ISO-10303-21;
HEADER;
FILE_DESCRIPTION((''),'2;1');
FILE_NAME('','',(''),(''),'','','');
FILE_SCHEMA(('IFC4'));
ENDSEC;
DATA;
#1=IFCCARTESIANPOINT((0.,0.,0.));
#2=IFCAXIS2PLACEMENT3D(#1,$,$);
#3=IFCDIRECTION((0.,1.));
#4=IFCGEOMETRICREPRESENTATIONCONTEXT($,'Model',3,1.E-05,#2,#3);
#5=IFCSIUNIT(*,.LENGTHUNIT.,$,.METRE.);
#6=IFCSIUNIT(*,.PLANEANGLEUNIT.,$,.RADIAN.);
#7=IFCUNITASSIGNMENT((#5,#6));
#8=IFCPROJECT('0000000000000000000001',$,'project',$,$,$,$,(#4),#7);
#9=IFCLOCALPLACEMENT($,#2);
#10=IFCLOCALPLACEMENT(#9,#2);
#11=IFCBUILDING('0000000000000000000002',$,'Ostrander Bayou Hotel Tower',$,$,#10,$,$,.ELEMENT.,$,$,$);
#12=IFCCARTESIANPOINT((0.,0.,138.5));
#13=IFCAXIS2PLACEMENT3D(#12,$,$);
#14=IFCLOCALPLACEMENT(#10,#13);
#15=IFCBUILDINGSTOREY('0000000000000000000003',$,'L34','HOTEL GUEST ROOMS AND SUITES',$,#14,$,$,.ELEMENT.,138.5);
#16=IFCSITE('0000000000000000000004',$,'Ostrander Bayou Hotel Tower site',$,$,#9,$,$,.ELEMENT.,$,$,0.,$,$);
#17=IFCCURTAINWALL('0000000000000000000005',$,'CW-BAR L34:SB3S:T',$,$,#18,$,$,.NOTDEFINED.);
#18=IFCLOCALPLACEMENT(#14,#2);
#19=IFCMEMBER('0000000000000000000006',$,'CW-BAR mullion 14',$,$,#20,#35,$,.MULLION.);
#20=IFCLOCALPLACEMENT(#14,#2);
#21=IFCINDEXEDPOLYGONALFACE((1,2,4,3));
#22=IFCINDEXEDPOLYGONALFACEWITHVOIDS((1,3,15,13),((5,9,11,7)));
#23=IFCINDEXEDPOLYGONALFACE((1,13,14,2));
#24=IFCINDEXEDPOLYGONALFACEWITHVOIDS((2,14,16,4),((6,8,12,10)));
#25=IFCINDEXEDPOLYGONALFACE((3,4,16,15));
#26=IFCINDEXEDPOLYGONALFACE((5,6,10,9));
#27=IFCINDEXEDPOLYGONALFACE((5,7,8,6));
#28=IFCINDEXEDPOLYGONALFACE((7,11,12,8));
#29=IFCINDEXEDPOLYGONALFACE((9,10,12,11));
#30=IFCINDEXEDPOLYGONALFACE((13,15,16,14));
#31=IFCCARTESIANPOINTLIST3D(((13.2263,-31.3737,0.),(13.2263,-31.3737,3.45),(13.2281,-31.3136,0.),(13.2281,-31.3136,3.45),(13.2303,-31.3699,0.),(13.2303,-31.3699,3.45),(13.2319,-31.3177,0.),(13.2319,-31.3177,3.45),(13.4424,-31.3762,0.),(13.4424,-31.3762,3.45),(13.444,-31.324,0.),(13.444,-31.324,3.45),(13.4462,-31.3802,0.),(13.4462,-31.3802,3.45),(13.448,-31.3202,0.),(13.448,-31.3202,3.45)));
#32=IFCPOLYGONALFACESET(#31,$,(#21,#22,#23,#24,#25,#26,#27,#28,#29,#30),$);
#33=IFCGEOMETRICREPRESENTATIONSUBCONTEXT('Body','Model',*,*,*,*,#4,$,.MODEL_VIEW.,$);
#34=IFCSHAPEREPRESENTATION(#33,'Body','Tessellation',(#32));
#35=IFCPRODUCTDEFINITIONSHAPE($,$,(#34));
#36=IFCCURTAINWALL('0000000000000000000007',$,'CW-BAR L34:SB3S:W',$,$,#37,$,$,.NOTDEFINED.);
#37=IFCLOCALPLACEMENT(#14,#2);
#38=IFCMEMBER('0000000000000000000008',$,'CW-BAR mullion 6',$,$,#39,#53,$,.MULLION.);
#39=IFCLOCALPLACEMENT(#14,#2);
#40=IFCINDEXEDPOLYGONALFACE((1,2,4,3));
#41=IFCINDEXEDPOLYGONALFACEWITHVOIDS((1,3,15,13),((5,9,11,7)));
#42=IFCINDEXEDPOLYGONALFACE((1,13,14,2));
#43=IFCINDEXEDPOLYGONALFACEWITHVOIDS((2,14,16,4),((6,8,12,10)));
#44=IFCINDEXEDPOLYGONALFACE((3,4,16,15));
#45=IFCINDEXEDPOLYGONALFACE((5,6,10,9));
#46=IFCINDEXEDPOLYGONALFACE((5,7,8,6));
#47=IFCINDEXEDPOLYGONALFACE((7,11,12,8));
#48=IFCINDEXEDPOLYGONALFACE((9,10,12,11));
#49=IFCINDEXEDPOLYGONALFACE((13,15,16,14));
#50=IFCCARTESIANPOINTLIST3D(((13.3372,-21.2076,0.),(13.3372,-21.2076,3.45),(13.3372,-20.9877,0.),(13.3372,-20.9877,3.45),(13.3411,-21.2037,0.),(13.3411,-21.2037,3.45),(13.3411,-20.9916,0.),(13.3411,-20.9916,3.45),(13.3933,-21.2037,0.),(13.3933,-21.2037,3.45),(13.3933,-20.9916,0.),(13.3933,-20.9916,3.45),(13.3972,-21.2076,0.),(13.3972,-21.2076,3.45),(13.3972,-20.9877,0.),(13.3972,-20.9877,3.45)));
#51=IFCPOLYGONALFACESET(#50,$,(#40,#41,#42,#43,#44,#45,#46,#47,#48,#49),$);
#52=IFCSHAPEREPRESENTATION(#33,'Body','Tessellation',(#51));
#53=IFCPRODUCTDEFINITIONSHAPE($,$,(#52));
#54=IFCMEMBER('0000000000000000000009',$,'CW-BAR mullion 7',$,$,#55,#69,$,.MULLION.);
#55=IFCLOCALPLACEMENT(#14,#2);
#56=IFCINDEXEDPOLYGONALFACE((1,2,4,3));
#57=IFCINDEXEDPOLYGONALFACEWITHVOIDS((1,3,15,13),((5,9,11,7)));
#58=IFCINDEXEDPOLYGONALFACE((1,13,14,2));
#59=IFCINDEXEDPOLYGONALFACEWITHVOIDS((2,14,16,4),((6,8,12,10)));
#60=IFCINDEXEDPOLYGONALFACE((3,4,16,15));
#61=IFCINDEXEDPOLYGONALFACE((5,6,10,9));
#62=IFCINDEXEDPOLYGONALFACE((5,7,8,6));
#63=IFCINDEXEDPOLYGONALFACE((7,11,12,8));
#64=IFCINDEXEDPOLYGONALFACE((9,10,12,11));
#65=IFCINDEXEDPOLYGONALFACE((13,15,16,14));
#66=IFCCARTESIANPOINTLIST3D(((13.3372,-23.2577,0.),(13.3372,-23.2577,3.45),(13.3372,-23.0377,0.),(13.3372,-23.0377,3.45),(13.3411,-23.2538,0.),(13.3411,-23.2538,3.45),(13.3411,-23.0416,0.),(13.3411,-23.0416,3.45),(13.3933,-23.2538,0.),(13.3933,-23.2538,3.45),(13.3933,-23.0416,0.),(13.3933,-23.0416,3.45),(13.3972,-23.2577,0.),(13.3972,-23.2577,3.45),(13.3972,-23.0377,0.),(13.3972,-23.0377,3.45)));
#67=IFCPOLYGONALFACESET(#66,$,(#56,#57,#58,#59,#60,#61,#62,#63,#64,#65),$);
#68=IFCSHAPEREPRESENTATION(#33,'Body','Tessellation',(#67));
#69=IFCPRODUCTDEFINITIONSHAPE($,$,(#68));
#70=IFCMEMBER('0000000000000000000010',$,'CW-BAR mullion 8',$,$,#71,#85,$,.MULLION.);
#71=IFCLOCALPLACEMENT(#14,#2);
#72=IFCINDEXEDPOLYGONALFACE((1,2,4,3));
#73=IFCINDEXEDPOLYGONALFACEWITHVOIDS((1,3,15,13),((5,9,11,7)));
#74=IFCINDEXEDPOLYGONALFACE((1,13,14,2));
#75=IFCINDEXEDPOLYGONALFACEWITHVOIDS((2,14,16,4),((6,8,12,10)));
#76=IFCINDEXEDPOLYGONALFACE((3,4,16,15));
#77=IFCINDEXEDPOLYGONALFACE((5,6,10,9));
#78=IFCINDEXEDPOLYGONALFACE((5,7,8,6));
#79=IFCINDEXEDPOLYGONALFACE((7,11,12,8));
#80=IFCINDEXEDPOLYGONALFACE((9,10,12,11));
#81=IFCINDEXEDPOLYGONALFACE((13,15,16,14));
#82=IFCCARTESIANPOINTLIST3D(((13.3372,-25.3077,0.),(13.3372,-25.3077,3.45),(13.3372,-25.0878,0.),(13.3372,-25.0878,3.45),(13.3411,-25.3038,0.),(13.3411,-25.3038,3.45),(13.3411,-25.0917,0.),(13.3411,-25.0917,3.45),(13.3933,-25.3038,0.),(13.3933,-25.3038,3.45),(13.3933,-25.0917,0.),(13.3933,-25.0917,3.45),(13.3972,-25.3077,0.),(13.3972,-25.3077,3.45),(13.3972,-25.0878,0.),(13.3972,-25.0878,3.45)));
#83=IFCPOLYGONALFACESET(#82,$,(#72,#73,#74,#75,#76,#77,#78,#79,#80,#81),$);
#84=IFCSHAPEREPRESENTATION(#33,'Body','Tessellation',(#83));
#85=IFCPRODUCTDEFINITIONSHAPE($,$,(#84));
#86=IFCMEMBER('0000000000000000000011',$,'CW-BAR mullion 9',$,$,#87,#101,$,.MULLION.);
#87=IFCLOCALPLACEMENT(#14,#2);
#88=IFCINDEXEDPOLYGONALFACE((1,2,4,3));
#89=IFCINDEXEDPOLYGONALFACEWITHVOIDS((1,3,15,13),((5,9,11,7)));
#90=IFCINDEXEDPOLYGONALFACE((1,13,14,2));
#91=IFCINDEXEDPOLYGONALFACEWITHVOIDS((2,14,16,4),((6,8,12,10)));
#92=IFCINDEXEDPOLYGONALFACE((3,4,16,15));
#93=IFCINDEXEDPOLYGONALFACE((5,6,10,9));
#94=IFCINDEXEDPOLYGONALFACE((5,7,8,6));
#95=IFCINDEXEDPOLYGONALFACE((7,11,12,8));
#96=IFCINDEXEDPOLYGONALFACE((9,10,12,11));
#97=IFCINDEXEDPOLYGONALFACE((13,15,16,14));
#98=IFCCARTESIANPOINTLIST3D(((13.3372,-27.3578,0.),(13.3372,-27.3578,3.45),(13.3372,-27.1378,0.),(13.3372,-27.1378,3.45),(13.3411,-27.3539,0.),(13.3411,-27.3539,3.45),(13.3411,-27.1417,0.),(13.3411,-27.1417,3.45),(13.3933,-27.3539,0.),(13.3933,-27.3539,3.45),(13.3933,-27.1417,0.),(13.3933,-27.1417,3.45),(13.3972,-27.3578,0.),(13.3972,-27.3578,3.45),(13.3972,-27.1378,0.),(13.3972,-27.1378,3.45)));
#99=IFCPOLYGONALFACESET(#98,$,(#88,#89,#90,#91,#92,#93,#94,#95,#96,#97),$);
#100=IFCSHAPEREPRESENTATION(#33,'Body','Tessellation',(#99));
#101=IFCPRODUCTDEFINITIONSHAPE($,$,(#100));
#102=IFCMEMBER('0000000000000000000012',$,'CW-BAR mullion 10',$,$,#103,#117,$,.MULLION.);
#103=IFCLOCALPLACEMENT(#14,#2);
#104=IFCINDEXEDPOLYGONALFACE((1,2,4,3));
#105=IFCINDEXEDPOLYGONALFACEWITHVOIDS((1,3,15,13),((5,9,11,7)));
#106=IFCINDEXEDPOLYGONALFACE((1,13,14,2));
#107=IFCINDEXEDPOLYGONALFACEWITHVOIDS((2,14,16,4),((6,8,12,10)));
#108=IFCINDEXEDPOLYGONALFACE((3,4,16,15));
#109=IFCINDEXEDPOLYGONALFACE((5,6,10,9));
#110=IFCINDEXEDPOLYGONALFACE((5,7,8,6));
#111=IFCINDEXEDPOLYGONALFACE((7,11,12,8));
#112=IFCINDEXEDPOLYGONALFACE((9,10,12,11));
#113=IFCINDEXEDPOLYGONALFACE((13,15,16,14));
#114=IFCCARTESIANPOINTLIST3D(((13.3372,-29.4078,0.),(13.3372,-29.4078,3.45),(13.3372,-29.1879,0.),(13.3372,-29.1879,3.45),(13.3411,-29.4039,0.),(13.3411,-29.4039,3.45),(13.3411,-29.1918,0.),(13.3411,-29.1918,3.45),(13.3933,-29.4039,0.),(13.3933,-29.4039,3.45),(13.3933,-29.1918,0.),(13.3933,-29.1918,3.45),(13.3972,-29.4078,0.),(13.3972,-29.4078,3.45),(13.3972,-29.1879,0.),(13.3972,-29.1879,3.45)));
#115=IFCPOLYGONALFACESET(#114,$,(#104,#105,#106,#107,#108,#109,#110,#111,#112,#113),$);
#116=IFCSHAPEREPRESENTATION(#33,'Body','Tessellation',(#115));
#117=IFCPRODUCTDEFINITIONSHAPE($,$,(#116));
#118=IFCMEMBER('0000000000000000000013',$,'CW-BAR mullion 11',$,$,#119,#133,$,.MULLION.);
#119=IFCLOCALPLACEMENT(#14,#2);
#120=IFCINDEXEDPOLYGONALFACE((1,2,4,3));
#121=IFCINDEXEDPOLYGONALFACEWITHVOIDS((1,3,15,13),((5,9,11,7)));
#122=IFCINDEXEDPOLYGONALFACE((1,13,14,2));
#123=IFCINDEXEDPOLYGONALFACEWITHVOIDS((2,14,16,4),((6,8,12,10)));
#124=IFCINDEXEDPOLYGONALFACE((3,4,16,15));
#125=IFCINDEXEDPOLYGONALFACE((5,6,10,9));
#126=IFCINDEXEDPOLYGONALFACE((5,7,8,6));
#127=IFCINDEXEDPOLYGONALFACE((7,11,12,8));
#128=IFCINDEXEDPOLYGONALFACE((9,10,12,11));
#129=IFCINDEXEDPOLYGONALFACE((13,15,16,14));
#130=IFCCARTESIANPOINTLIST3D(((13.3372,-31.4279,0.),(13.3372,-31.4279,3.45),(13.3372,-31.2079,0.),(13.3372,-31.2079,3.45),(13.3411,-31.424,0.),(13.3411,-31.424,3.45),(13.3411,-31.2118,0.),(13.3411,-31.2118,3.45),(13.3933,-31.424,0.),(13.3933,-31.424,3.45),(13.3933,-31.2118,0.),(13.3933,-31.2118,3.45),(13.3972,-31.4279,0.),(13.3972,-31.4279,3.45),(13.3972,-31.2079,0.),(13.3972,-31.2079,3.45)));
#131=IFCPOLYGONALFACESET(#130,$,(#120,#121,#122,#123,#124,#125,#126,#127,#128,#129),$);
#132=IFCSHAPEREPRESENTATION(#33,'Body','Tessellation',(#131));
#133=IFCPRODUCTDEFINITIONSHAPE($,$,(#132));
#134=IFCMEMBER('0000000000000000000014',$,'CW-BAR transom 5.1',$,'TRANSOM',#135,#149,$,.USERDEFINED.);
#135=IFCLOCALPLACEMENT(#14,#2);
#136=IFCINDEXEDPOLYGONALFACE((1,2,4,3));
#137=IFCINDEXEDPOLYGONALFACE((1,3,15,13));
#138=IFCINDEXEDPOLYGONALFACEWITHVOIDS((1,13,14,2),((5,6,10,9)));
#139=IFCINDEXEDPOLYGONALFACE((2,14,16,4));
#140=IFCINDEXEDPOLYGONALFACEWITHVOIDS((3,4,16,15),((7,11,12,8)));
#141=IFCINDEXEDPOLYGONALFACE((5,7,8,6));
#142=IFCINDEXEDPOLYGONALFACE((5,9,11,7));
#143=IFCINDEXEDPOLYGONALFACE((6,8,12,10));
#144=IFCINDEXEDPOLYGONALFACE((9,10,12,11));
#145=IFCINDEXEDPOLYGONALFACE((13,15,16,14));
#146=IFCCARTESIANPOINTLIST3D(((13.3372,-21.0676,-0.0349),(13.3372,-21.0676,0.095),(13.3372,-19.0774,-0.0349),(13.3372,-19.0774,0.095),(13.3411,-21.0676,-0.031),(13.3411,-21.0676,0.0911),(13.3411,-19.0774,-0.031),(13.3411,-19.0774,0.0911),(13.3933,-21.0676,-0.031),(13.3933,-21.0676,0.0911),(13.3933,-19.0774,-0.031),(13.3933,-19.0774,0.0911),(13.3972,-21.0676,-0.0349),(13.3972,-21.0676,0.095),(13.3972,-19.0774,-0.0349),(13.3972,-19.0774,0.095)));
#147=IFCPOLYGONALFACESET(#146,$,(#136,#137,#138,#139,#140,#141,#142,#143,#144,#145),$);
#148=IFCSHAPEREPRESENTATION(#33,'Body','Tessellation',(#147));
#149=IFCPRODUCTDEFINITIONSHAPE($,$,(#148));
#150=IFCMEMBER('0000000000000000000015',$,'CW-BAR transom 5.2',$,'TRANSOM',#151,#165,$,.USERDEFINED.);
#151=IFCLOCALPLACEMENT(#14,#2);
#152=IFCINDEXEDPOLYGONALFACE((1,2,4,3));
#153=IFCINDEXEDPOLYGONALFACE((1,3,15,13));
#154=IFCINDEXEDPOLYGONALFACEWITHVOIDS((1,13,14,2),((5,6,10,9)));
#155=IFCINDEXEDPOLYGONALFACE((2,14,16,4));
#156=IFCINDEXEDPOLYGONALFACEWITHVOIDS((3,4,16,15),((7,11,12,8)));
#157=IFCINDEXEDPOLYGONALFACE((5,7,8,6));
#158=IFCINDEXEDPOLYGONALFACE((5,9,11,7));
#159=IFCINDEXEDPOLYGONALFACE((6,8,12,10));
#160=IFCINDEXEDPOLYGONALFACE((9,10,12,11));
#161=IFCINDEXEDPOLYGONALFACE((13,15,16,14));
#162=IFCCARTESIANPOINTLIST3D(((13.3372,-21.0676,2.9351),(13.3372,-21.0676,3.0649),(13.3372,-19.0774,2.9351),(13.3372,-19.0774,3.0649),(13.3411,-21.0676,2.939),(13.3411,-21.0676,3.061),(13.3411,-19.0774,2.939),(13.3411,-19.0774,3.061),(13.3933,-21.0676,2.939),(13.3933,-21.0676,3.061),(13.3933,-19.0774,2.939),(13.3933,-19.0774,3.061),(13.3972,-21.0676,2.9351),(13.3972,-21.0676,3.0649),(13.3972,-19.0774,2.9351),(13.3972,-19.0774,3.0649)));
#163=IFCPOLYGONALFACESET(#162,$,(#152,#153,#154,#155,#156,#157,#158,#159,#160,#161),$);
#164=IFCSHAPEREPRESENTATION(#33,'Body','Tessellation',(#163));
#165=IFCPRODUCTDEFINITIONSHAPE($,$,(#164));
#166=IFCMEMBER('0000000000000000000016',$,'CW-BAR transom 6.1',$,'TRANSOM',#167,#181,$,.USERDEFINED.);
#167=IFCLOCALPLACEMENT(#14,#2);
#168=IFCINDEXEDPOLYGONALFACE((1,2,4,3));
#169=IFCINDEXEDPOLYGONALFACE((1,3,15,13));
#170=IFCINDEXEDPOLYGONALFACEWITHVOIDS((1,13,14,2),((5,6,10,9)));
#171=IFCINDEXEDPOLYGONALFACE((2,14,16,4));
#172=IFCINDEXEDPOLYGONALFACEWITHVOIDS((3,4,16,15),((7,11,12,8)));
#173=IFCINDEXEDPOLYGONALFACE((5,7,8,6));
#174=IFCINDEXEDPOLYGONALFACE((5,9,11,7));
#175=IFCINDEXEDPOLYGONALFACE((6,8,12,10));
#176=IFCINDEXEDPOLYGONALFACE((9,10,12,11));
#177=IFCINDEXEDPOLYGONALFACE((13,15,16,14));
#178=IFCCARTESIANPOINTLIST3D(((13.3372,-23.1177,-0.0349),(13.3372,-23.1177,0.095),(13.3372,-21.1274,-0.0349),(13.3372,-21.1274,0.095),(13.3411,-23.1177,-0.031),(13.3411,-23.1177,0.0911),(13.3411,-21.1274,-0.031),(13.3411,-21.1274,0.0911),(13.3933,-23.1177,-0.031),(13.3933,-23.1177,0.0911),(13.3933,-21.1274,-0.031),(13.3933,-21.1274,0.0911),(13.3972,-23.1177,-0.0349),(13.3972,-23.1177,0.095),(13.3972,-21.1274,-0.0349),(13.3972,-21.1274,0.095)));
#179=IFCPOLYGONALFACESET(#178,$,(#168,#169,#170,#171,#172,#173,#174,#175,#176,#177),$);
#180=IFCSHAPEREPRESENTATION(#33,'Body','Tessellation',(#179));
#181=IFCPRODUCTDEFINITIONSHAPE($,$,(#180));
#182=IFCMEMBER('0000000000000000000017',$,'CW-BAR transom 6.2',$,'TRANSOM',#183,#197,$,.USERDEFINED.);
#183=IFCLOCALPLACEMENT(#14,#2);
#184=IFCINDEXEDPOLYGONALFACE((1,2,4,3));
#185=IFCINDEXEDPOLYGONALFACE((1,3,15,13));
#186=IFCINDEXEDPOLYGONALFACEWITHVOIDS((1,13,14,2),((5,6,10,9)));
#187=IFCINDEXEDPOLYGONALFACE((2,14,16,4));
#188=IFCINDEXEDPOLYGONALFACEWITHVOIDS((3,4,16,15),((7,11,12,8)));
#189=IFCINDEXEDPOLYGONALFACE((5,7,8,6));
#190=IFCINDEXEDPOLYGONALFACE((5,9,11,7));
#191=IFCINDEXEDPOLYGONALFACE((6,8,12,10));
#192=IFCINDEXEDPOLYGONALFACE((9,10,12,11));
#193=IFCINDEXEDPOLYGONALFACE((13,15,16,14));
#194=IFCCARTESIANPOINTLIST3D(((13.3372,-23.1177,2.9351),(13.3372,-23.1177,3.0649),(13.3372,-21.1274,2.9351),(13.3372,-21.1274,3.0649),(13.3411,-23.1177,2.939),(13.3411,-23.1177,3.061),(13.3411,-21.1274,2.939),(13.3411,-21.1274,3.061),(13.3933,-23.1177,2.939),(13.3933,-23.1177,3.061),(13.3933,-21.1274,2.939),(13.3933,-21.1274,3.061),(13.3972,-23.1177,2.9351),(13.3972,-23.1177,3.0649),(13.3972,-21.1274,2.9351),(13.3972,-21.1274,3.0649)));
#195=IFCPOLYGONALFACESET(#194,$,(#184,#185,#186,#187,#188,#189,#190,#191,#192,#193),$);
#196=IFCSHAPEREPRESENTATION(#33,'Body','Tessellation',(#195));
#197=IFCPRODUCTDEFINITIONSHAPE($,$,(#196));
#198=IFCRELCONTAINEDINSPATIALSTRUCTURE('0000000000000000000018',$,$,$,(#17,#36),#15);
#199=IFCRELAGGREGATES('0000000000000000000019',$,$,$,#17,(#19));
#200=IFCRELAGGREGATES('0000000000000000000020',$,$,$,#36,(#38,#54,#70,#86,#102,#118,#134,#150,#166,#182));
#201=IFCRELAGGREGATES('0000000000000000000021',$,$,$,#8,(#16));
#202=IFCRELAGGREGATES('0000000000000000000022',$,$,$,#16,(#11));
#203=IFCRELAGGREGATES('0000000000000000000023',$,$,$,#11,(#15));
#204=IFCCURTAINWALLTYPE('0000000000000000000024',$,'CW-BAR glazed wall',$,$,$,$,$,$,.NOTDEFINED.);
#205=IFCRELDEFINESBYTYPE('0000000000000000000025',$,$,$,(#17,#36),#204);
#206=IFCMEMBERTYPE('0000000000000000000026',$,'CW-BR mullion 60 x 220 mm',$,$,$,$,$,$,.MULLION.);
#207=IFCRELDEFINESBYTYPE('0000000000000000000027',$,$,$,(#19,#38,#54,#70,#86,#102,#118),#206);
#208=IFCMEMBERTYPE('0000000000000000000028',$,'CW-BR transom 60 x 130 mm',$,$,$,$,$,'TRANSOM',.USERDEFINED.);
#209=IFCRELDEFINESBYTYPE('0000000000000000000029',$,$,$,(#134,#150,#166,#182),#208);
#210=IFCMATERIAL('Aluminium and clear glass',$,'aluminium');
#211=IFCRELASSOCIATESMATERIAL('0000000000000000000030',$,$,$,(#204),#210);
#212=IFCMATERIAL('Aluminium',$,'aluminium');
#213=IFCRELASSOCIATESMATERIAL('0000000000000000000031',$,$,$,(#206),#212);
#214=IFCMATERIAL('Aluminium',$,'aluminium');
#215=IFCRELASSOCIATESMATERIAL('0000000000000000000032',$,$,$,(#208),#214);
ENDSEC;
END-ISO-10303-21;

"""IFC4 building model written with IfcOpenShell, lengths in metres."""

from ifc_helpers import new_model, si_unit, direction, frame, origin, origin_2d, place, context, subcontext, project, spatial, hollow_rectangle, extrude, material, material_profile, profile_set, type_object, element, aggregate, save


model = new_model("IFC4")

# Units and contexts
model_context = context("Model", 3, precision=1e-05, world=origin(), true_north=direction((0.0, 1.0)))
body_context = subcontext(model_context, "Body", "Model", "MODEL_VIEW")
ifc_project = project(units=[si_unit("LENGTHUNIT", "METRE"), si_unit("PLANEANGLEUNIT", "RADIAN")], contexts=[model_context])

# Site, building, storey
site_placement = place(None, origin())
site = spatial("IfcSite", under=ifc_project, at=site_placement, Name="Ostrander Bayou Hotel Tower site", CompositionType="ELEMENT", RefElevation=0.0)
building_placement = place(site_placement, origin())
building = spatial("IfcBuilding", under=site, at=building_placement, Name="Ostrander Bayou Hotel Tower", CompositionType="ELEMENT")
storey_placement = place(building_placement, frame((0.0, 0.0, 138.5)))
storey = spatial("IfcBuildingStorey", under=building, at=storey_placement, Name="L34", Description="HOTEL GUEST ROOMS AND SUITES", CompositionType="ELEMENT", Elevation=138.5)

# Curtain wall, member
ifc_material_1 = material(Name="Aluminium and clear glass", Category="aluminium")
curtain_wall_type = type_object("IfcCurtainWallType", Name="CW-BAR glazed wall", PredefinedType="NOTDEFINED", material=ifc_material_1)
curtain_wall_1_placement = place(storey_placement, origin())
curtain_wall_1 = element("IfcCurtainWall", 1, at=curtain_wall_1_placement, inside=storey, type_object=curtain_wall_type, Name="CW-BAR L34:SB3S:T", PredefinedType="NOTDEFINED")
ifc_material_2 = material(Name="Aluminium", Category="aluminium")
ifc_material_profile_1 = material_profile(ifc_material_2, hollow_rectangle(XDim=0.0601, YDim=0.22, WallThickness=0.0039, at=origin_2d()))
ifc_profile_set_1 = profile_set([ifc_material_profile_1], Name="Aluminium")
member_type_1 = type_object("IfcMemberType", Name="CW-BR mullion 60 x 220 mm", PredefinedType="MULLION", material=ifc_profile_set_1)
member_1_placement = place(storey_placement, frame((13.3372, -31.3469, 0.0), z_axis=(0.0, 0.0, 1.0), x_axis=(0.029746, 0.999557, 0.0)))
member_1 = element("IfcMember", 2, at=member_1_placement, type_object=member_type_1, Name="CW-BAR mullion 14", PredefinedType="MULLION", context=body_context, shape_type="SweptSolid", body=[
    extrude(hollow_rectangle(XDim=0.0601, YDim=0.22, WallThickness=0.0039, at=origin_2d()), origin(), (0.0, 0.0, 1.0), 3.45),
])

# Curtain wall, members
curtain_wall_2_placement = place(storey_placement, origin())
curtain_wall_2 = element("IfcCurtainWall", 3, at=curtain_wall_2_placement, inside=storey, type_object=curtain_wall_type, Name="CW-BAR L34:SB3S:W", PredefinedType="NOTDEFINED")
member_2_placement = place(storey_placement, frame((13.3672, -21.0977, 0.0), z_axis=(0.0, 0.0, 1.0), x_axis=(1.0, 0.0, 0.0)))
member_2 = element("IfcMember", 4, at=member_2_placement, type_object=member_type_1, Name="CW-BAR mullion 6", PredefinedType="MULLION", context=body_context, shape_type="SweptSolid", body=[
    extrude(hollow_rectangle(XDim=0.0601, YDim=0.22, WallThickness=0.0039, at=origin_2d()), origin(), (0.0, 0.0, 1.0), 3.45),
])
member_3_placement = place(storey_placement, frame((13.3672, -23.1477, 0.0), z_axis=(0.0, 0.0, 1.0), x_axis=(1.0, 0.0, 0.0)))
member_3 = element("IfcMember", 5, at=member_3_placement, type_object=member_type_1, Name="CW-BAR mullion 7", PredefinedType="MULLION", context=body_context, shape_type="SweptSolid", body=[
    extrude(hollow_rectangle(XDim=0.0601, YDim=0.22, WallThickness=0.0039, at=origin_2d()), origin(), (0.0, 0.0, 1.0), 3.45),
])
member_4_placement = place(storey_placement, frame((13.3672, -25.1978, 0.0), z_axis=(0.0, 0.0, 1.0), x_axis=(1.0, 0.0, 0.0)))
member_4 = element("IfcMember", 6, at=member_4_placement, type_object=member_type_1, Name="CW-BAR mullion 8", PredefinedType="MULLION", context=body_context, shape_type="SweptSolid", body=[
    extrude(hollow_rectangle(XDim=0.0601, YDim=0.22, WallThickness=0.0039, at=origin_2d()), origin(), (0.0, 0.0, 1.0), 3.45),
])
member_5_placement = place(storey_placement, frame((13.3672, -27.2478, 0.0), z_axis=(0.0, 0.0, 1.0), x_axis=(1.0, 0.0, 0.0)))
member_5 = element("IfcMember", 7, at=member_5_placement, type_object=member_type_1, Name="CW-BAR mullion 9", PredefinedType="MULLION", context=body_context, shape_type="SweptSolid", body=[
    extrude(hollow_rectangle(XDim=0.0601, YDim=0.22, WallThickness=0.0039, at=origin_2d()), origin(), (0.0, 0.0, 1.0), 3.45),
])
member_6_placement = place(storey_placement, frame((13.3672, -29.2979, 0.0), z_axis=(0.0, 0.0, 1.0), x_axis=(1.0, 0.0, 0.0)))
member_6 = element("IfcMember", 8, at=member_6_placement, type_object=member_type_1, Name="CW-BAR mullion 10", PredefinedType="MULLION", context=body_context, shape_type="SweptSolid", body=[
    extrude(hollow_rectangle(XDim=0.0601, YDim=0.22, WallThickness=0.0039, at=origin_2d()), origin(), (0.0, 0.0, 1.0), 3.45),
])
member_7_placement = place(storey_placement, frame((13.3672, -31.3179, 0.0), z_axis=(0.0, 0.0, 1.0), x_axis=(1.0, 0.0, 0.0)))
member_7 = element("IfcMember", 9, at=member_7_placement, type_object=member_type_1, Name="CW-BAR mullion 11", PredefinedType="MULLION", context=body_context, shape_type="SweptSolid", body=[
    extrude(hollow_rectangle(XDim=0.0601, YDim=0.22, WallThickness=0.0039, at=origin_2d()), origin(), (0.0, 0.0, 1.0), 3.45),
])
ifc_material_3 = material(Name="Aluminium", Category="aluminium")
ifc_material_profile_2 = material_profile(ifc_material_3, hollow_rectangle(XDim=0.0601, YDim=0.1299, WallThickness=0.0039, at=origin_2d()))
ifc_profile_set_2 = profile_set([ifc_material_profile_2], Name="Aluminium")
member_type_2 = type_object("IfcMemberType", Name="CW-BR transom 60 x 130 mm", ElementType="TRANSOM", PredefinedType="USERDEFINED", material=ifc_profile_set_2)
member_8_placement = place(storey_placement, frame((13.3672, -19.0774, 0.03), z_axis=(0.0, -1.0, 0.0), x_axis=(1.0, 0.0, 0.0)))
member_8 = element("IfcMember", 10, at=member_8_placement, type_object=member_type_2, Name="CW-BAR transom 5.1", ObjectType="TRANSOM", PredefinedType="USERDEFINED", context=body_context, shape_type="SweptSolid", body=[
    extrude(hollow_rectangle(XDim=0.0601, YDim=0.1299, WallThickness=0.0039, at=origin_2d()), origin(), (0.0, 0.0, 1.0), 1.9902),
])
member_9_placement = place(storey_placement, frame((13.3672, -19.0774, 3.0), z_axis=(0.0, -1.0, 0.0), x_axis=(1.0, 0.0, 0.0)))
member_9 = element("IfcMember", 11, at=member_9_placement, type_object=member_type_2, Name="CW-BAR transom 5.2", ObjectType="TRANSOM", PredefinedType="USERDEFINED", context=body_context, shape_type="SweptSolid", body=[
    extrude(hollow_rectangle(XDim=0.0601, YDim=0.1299, WallThickness=0.0039, at=origin_2d()), origin(), (0.0, 0.0, 1.0), 1.9902),
])
member_10_placement = place(storey_placement, frame((13.3672, -21.1274, 0.03), z_axis=(0.0, -1.0, 0.0), x_axis=(1.0, 0.0, 0.0)))
member_10 = element("IfcMember", 12, at=member_10_placement, type_object=member_type_2, Name="CW-BAR transom 6.1", ObjectType="TRANSOM", PredefinedType="USERDEFINED", context=body_context, shape_type="SweptSolid", body=[
    extrude(hollow_rectangle(XDim=0.0601, YDim=0.1299, WallThickness=0.0039, at=origin_2d()), origin(), (0.0, 0.0, 1.0), 1.9902),
])
member_11_placement = place(storey_placement, frame((13.3672, -21.1274, 3.0), z_axis=(0.0, -1.0, 0.0), x_axis=(1.0, 0.0, 0.0)))
member_11 = element("IfcMember", 13, at=member_11_placement, type_object=member_type_2, Name="CW-BAR transom 6.2", ObjectType="TRANSOM", PredefinedType="USERDEFINED", context=body_context, shape_type="SweptSolid", body=[
    extrude(hollow_rectangle(XDim=0.0601, YDim=0.1299, WallThickness=0.0039, at=origin_2d()), origin(), (0.0, 0.0, 1.0), 1.9902),
])

aggregate(curtain_wall_1, [member_1])
aggregate(curtain_wall_2, [member_2, member_3, member_4, member_5, member_6, member_7, member_8, member_9, member_10, member_11])

save(model, "model.ifc")
